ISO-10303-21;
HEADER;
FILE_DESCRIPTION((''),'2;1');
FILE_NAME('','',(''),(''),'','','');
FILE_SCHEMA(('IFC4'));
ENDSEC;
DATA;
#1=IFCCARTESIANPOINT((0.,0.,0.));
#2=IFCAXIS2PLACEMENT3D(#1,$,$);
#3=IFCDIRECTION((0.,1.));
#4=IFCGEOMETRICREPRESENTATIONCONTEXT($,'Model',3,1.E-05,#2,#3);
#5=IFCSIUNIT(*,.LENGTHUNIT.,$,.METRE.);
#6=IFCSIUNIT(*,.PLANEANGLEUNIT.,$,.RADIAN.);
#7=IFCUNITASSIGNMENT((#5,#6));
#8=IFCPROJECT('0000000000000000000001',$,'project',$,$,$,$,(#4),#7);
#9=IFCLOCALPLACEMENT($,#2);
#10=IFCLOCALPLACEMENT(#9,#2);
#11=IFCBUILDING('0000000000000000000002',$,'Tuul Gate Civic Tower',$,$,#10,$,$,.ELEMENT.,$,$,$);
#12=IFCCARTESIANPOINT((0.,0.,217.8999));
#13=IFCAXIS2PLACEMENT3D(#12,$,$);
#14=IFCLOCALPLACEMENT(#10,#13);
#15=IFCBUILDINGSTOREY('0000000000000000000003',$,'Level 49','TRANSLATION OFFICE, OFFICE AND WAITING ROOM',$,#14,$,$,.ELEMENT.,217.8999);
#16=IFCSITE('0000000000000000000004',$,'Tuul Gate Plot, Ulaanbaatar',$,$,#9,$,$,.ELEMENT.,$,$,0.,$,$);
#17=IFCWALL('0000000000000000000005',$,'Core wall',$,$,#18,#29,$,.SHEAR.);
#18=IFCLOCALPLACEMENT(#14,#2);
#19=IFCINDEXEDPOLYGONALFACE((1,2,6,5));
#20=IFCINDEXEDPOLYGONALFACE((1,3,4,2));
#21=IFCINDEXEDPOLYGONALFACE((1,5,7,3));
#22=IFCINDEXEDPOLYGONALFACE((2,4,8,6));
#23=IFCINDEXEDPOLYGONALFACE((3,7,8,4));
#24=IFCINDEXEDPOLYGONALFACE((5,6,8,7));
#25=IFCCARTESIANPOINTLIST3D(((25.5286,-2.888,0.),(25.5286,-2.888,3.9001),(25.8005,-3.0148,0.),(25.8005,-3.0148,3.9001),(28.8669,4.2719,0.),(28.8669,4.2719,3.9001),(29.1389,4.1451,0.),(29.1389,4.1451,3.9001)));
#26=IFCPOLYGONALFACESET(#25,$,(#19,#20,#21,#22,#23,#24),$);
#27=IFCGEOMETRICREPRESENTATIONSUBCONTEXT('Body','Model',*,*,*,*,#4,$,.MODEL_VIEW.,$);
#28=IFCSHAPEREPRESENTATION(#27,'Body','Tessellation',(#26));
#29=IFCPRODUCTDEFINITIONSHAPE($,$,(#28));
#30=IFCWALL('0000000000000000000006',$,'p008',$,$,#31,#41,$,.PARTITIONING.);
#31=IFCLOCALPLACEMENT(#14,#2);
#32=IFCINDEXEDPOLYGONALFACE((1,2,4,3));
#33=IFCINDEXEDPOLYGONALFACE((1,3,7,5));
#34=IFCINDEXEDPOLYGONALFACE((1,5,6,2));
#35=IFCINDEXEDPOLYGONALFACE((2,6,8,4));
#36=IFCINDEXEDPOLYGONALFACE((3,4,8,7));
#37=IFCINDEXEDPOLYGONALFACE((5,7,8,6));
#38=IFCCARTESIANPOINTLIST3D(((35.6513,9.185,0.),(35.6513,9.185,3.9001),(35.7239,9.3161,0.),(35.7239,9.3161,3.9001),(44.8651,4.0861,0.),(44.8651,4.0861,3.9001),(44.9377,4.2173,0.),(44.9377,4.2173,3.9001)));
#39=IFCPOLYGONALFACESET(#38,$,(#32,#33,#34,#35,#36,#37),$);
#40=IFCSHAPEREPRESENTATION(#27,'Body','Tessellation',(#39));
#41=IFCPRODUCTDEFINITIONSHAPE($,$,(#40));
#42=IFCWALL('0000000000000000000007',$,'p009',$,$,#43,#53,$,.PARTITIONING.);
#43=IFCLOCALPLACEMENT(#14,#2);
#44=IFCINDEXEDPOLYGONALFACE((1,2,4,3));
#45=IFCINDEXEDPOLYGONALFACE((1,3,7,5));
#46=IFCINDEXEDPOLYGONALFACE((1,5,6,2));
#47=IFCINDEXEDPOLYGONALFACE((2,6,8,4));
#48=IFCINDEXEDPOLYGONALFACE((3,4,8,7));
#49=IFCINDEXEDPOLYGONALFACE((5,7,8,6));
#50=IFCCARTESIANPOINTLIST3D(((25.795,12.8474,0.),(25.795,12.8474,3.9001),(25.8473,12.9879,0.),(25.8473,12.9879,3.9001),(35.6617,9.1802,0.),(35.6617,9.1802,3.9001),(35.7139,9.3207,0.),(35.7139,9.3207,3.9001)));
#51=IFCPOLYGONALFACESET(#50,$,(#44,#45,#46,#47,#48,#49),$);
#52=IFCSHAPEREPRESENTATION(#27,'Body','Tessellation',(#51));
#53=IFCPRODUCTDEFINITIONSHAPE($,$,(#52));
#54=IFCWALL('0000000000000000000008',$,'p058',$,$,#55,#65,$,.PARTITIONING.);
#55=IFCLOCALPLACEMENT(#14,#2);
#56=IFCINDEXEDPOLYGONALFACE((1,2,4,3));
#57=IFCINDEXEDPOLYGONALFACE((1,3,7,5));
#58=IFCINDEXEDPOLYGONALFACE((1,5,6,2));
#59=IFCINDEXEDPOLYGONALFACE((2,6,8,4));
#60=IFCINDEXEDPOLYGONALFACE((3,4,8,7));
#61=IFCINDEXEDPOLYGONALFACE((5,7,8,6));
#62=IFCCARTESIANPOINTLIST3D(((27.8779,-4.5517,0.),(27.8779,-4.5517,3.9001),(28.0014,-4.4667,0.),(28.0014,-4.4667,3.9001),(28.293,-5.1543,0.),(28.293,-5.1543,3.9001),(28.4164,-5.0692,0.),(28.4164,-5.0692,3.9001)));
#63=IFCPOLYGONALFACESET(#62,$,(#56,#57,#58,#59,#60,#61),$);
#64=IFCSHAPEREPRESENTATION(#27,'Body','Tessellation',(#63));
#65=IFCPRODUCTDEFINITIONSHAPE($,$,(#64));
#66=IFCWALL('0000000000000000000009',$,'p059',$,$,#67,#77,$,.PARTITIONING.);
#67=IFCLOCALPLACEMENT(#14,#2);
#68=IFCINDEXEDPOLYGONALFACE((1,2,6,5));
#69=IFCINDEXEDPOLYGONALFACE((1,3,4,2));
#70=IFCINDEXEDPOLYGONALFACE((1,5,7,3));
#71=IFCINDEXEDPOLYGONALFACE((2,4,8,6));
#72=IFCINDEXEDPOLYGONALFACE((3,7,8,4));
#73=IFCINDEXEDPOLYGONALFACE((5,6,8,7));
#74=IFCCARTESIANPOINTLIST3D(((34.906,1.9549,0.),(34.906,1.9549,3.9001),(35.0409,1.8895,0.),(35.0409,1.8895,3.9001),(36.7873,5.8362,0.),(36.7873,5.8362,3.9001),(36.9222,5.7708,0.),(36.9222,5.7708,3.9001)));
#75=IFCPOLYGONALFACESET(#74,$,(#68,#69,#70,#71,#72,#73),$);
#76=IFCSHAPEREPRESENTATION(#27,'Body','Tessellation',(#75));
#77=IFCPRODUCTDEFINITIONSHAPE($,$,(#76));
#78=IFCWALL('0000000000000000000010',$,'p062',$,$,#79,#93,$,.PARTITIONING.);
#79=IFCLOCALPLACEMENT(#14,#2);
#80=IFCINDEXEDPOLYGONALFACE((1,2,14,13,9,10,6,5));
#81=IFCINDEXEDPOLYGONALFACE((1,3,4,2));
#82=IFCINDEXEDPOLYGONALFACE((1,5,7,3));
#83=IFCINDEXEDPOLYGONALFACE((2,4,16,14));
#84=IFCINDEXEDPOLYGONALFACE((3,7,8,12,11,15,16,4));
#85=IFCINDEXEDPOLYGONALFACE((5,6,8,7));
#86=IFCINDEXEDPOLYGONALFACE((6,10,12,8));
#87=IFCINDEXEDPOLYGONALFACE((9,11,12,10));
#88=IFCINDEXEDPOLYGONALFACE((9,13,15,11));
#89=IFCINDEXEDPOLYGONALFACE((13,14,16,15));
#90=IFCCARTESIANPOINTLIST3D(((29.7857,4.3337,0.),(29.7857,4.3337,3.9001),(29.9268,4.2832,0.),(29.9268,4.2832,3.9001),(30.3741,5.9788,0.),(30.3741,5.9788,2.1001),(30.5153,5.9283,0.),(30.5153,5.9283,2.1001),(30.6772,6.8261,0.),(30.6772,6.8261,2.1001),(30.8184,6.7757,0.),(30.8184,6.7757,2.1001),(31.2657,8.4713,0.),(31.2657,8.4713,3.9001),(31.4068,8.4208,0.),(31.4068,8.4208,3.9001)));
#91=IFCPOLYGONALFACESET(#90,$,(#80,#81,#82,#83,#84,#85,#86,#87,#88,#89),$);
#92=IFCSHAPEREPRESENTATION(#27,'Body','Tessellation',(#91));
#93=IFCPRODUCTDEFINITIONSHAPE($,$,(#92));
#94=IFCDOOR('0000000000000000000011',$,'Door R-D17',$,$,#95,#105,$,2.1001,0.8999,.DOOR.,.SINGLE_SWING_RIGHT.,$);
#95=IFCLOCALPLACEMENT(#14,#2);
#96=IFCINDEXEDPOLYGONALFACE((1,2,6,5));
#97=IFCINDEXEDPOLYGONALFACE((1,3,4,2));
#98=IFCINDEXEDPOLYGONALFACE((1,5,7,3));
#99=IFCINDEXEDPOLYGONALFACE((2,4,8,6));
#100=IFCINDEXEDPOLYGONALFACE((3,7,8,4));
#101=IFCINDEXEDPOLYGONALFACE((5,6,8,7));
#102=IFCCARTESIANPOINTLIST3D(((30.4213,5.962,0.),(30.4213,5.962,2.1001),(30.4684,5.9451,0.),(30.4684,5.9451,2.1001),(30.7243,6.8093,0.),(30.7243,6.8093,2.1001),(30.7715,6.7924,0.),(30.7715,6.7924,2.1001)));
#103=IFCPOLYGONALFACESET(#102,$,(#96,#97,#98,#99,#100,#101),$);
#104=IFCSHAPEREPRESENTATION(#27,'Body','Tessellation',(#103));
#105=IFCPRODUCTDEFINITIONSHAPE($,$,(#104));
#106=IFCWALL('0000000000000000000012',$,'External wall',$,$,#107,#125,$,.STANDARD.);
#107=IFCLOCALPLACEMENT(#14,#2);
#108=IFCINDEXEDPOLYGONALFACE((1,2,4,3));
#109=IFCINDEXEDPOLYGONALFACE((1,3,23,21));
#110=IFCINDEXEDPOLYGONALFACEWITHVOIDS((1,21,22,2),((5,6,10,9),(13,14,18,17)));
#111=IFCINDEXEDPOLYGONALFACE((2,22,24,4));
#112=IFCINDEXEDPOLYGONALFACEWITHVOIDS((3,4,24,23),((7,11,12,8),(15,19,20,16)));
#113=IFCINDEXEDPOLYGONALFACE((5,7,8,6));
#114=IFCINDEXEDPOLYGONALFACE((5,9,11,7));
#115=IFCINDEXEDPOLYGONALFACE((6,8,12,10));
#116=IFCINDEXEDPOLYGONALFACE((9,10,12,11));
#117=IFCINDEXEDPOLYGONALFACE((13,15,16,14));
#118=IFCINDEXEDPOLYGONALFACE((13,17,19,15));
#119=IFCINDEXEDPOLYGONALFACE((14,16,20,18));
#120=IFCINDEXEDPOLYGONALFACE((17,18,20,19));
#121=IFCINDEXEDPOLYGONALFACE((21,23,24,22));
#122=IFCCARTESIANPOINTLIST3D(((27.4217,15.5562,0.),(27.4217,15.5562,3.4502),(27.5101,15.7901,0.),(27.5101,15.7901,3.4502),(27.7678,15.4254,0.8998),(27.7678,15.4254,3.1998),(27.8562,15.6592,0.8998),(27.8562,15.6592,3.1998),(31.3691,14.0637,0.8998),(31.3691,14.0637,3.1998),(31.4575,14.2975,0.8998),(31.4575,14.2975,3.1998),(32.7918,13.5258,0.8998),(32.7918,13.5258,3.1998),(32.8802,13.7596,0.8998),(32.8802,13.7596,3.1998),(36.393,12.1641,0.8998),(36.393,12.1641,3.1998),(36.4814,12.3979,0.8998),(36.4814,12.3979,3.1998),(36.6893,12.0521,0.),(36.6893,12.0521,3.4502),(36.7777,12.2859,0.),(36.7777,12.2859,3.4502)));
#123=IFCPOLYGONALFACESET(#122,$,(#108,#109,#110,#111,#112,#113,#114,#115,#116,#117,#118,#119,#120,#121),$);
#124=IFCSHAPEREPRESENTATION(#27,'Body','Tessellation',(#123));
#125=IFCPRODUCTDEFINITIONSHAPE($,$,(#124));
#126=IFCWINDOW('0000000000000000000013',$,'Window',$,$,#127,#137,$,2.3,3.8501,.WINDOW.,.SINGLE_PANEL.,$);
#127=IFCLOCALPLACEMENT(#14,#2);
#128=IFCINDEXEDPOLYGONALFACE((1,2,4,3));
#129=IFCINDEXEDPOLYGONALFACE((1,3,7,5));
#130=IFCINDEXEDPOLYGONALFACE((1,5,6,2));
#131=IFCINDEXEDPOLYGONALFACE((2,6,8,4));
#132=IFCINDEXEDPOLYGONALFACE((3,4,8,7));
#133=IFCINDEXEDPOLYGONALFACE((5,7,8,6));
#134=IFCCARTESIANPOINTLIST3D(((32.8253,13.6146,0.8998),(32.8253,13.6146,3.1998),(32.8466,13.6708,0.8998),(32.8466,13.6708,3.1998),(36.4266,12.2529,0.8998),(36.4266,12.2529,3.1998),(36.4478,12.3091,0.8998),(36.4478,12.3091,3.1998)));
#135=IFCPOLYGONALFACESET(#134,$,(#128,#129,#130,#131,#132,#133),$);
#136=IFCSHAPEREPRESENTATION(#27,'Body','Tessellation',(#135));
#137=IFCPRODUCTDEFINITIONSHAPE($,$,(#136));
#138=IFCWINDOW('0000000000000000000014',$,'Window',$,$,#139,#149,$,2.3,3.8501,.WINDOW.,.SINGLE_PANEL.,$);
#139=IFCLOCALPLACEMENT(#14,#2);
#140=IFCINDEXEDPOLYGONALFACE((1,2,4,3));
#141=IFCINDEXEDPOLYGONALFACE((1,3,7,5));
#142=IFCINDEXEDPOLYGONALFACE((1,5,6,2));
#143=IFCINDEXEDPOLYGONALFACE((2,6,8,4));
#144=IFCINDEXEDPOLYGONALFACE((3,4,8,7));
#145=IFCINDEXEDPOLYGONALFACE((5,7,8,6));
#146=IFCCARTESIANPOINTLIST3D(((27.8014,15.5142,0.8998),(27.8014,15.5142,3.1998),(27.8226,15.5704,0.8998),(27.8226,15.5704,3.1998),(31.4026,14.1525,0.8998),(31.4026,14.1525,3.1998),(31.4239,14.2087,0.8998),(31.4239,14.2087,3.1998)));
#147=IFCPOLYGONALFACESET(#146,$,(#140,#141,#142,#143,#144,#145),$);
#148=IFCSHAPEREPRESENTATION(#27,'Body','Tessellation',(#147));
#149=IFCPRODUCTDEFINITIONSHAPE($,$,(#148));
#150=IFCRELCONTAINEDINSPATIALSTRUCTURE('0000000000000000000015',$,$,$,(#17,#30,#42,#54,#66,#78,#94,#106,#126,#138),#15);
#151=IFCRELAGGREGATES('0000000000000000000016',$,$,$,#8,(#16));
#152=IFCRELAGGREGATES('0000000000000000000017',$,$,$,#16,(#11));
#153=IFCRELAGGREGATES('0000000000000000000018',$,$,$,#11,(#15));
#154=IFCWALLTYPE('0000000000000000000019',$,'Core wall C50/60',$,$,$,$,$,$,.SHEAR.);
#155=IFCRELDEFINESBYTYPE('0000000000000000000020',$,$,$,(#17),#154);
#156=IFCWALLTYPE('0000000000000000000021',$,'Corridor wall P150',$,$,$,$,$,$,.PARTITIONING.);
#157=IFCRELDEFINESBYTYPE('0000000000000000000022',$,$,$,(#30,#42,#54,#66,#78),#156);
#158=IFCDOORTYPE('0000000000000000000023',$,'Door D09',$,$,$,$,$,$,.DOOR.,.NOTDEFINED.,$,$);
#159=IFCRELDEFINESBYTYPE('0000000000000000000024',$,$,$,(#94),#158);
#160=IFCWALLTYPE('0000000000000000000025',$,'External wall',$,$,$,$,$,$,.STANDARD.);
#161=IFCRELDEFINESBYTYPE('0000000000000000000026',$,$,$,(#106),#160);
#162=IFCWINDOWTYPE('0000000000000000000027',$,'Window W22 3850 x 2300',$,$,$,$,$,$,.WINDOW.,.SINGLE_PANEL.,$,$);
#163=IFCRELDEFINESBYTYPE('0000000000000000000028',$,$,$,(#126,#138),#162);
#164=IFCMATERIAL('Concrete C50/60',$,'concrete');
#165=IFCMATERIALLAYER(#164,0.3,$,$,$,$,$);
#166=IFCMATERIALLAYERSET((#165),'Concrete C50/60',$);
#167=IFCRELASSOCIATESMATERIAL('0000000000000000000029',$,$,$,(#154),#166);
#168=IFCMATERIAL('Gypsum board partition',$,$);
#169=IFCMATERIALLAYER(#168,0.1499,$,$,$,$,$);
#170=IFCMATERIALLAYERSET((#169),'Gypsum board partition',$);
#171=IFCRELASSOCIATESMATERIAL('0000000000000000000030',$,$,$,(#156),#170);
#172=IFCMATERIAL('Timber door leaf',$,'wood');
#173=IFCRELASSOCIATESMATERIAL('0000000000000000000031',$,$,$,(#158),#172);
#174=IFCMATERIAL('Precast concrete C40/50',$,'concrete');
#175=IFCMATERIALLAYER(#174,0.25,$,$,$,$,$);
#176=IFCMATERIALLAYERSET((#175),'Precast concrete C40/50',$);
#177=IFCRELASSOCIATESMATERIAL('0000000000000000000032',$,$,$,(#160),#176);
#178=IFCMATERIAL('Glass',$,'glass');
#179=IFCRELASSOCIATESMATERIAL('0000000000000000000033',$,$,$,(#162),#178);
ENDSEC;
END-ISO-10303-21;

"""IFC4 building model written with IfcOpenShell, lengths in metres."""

from ifc_helpers import new_model, si_unit, direction, frame, frame_2d, origin, place, context, subcontext, project, spatial, rectangle, extrude, material, layer, layer_set, type_object, element, fill, save


model = new_model("IFC4")

# Units and contexts
model_context = context("Model", 3, precision=1e-05, world=origin(), true_north=direction((0.0, 1.0)))
body_context = subcontext(model_context, "Body", "Model", "MODEL_VIEW")
ifc_project = project(units=[si_unit("LENGTHUNIT", "METRE"), si_unit("PLANEANGLEUNIT", "RADIAN")], contexts=[model_context])

# Site, building, storey
site_placement = place(None, origin())
site = spatial("IfcSite", under=ifc_project, at=site_placement, Name="Tuul Gate Plot, Ulaanbaatar", CompositionType="ELEMENT", RefElevation=0.0)
building_placement = place(site_placement, origin())
building = spatial("IfcBuilding", under=site, at=building_placement, Name="Tuul Gate Civic Tower", CompositionType="ELEMENT")
storey_placement = place(building_placement, frame((0.0, 0.0, 217.8999)))
storey = spatial("IfcBuildingStorey", under=building, at=storey_placement, Name="Level 49", Description="TRANSLATION OFFICE, OFFICE AND WAITING ROOM", CompositionType="ELEMENT", Elevation=217.8999)

# Shared definitions
ifc_material_1 = material(Name="Concrete C50/60", Category="concrete")
ifc_layer_1 = layer(ifc_material_1, 0.3)
ifc_layer_set_1 = layer_set([ifc_layer_1], Name="Concrete C50/60")
wall_type_1 = type_object("IfcWallType", Name="Core wall C50/60", PredefinedType="SHEAR", material=ifc_layer_set_1)

# Walls
wall_1_placement = place(storey_placement, frame((25.6646, -2.9514, 0.0), z_axis=(0.0, 0.0, 1.0), x_axis=(0.422583, 0.906324, 0.0)))
element("IfcWall", 1, at=wall_1_placement, inside=storey, type_object=wall_type_1, Name="Core wall", PredefinedType="SHEAR", context=body_context, shape_type="SweptSolid", body=[
    extrude(rectangle(XDim=7.8999, YDim=0.3, at=frame_2d((3.95, 0.0))), origin(), (0.0, 0.0, 1.0), 3.9001),
])
ifc_material_2 = material(Name="Gypsum board partition")
ifc_layer_2 = layer(ifc_material_2, 0.1499)
ifc_layer_set_2 = layer_set([ifc_layer_2], Name="Gypsum board partition")
wall_type_2 = type_object("IfcWallType", Name="Corridor wall P150", PredefinedType="PARTITIONING", material=ifc_layer_set_2)
wall_2_placement = place(storey_placement, frame((35.6877, 9.2505, 0.0), z_axis=(0.0, 0.0, 1.0), x_axis=(0.87496, -0.484195, 0.0)))
element("IfcWall", 2, at=wall_2_placement, inside=storey, type_object=wall_type_2, Name="p008", PredefinedType="PARTITIONING", context=body_context, shape_type="SweptSolid", body=[
    extrude(rectangle(XDim=10.5305, YDim=0.1499, at=frame_2d((5.2651, 0.0))), origin(), (0.0, 0.0, 1.0), 3.9001),
])
wall_3_placement = place(storey_placement, frame((25.821, 12.9177, 0.0), z_axis=(0.0, 0.0, 1.0), x_axis=(0.937349, -0.348392, 0.0)))
element("IfcWall", 3, at=wall_3_placement, inside=storey, type_object=wall_type_2, Name="p009", PredefinedType="PARTITIONING", context=body_context, shape_type="SweptSolid", body=[
    extrude(rectangle(XDim=10.5261, YDim=0.1499, at=frame_2d((5.2632, 0.0))), origin(), (0.0, 0.0, 1.0), 3.9001),
])
wall_4_placement = place(storey_placement, frame((27.9397, -4.5093, 0.0), z_axis=(0.0, 0.0, 1.0), x_axis=(0.567265, -0.823535, 0.0)))
element("IfcWall", 4, at=wall_4_placement, inside=storey, type_object=wall_type_2, Name="p058", PredefinedType="PARTITIONING", context=body_context, shape_type="SweptSolid", body=[
    extrude(rectangle(XDim=0.7317, YDim=0.1499, at=frame_2d((0.3657, 0.0))), origin(), (0.0, 0.0, 1.0), 3.9001),
])
wall_5_placement = place(storey_placement, frame((34.9734, 1.9221, 0.0), z_axis=(0.0, 0.0, 1.0), x_axis=(0.436176, 0.899861, 0.0)))
element("IfcWall", 5, at=wall_5_placement, inside=storey, type_object=wall_type_2, Name="p059", PredefinedType="PARTITIONING", context=body_context, shape_type="SweptSolid", body=[
    extrude(rectangle(XDim=4.3132, YDim=0.1499, at=frame_2d((2.1567, 0.0))), origin(), (0.0, 0.0, 1.0), 3.9001),
])

# Wall, opening, door
wall_6_placement = place(storey_placement, frame((29.8562, 4.3083, 0.0), z_axis=(0.0, 0.0, 1.0), x_axis=(0.336804, 0.941575, 0.0)))
wall_6 = element("IfcWall", 6, at=wall_6_placement, inside=storey, type_object=wall_type_2, Name="p062", PredefinedType="PARTITIONING", context=body_context, shape_type="SweptSolid", body=[
    extrude(rectangle(XDim=4.3943, YDim=0.1499, at=frame_2d((2.1973, 0.0))), origin(), (0.0, 0.0, 1.0), 3.9001),
])
opening_1_placement = place(wall_6_placement, frame((1.7473, 0.0, 0.0)))
opening_1 = element("IfcOpeningElement", 7, at=opening_1_placement, cuts=wall_6, PredefinedType="OPENING", context=body_context, shape_type="SweptSolid", body=[
    extrude(rectangle(XDim=0.8999, YDim=2.1001, at=frame_2d((0.45, 1.05))), frame((0.0, 0.085, 0.0), z_axis=(0.0, -1.0, 0.0), x_axis=(1.0, 0.0, 0.0)), (0.0, 0.0, 1.0), 0.1699),
])
ifc_material_3 = material(Name="Timber door leaf", Category="wood")
door_type_1 = type_object("IfcDoorType", Name="Door D09", OperationType="NOTDEFINED", PredefinedType="DOOR", material=ifc_material_3)
door_1_placement = place(opening_1_placement, origin())
door_1 = element("IfcDoor", 8, at=door_1_placement, inside=storey, type_object=door_type_1, Name="Door R-D17", OperationType="SINGLE_SWING_RIGHT", OverallHeight=2.1001, OverallWidth=0.8999, PredefinedType="DOOR", context=body_context, shape_type="SweptSolid", body=[
    extrude(rectangle(XDim=0.8999, YDim=2.1001, at=frame_2d((0.45, 1.05))), frame((0.0, 0.0249, 0.0), z_axis=(0.0, -1.0, 0.0), x_axis=(1.0, 0.0, 0.0)), (0.0, 0.0, 1.0), 0.05),
])
fill(opening_1, door_1)

# Wall, openings, windows
ifc_material_4 = material(Name="Precast concrete C40/50", Category="concrete")
ifc_layer_3 = layer(ifc_material_4, 0.25)
ifc_layer_set_3 = layer_set([ifc_layer_3], Name="Precast concrete C40/50")
wall_type_3 = type_object("IfcWallType", Name="External wall", PredefinedType="STANDARD", material=ifc_layer_set_3)
wall_7_placement = place(storey_placement, frame((36.7336, 12.1689, 0.0), z_axis=(0.0, 0.0, 1.0), x_axis=(-0.93537, 0.353671, 0.0)))
wall_7 = element("IfcWall", 9, at=wall_7_placement, inside=storey, type_object=wall_type_3, Name="External wall", PredefinedType="STANDARD", context=body_context, shape_type="SweptSolid", body=[
    extrude(rectangle(XDim=9.908, YDim=0.25, at=frame_2d((4.9541, 0.0))), origin(), (0.0, 0.0, 1.0), 3.4502),
])
opening_2_placement = place(wall_7_placement, frame((0.3169, 0.0, 0.8999)))
opening_2 = element("IfcOpeningElement", 10, at=opening_2_placement, cuts=wall_7, PredefinedType="OPENING", context=body_context, shape_type="SweptSolid", body=[
    extrude(rectangle(XDim=3.8501, YDim=2.3, at=frame_2d((1.925, 1.1499))), frame((0.0, 0.135, 0.0), z_axis=(0.0, -1.0, 0.0), x_axis=(1.0, 0.0, 0.0)), (0.0, 0.0, 1.0), 0.27),
])
opening_3_placement = place(wall_7_placement, frame((5.688, 0.0, 0.8999)))
opening_3 = element("IfcOpeningElement", 11, at=opening_3_placement, cuts=wall_7, PredefinedType="OPENING", context=body_context, shape_type="SweptSolid", body=[
    extrude(rectangle(XDim=3.8501, YDim=2.3, at=frame_2d((1.925, 1.1499))), frame((0.0, 0.135, 0.0), z_axis=(0.0, -1.0, 0.0), x_axis=(1.0, 0.0, 0.0)), (0.0, 0.0, 1.0), 0.27),
])
ifc_material_5 = material(Name="Glass", Category="glass")
window_type = type_object("IfcWindowType", Name="Window W22 3850 x 2300", PartitioningType="SINGLE_PANEL", PredefinedType="WINDOW", material=ifc_material_5)
window_1_placement = place(opening_2_placement, origin())
window_1 = element("IfcWindow", 12, at=window_1_placement, inside=storey, type_object=window_type, Name="Window", OverallHeight=2.3, OverallWidth=3.8501, PartitioningType="SINGLE_PANEL", PredefinedType="WINDOW", context=body_context, shape_type="SweptSolid", body=[
    extrude(rectangle(XDim=3.8501, YDim=2.3, at=frame_2d((1.925, 1.1499))), frame((0.0, 0.03, 0.0), z_axis=(0.0, -1.0, 0.0), x_axis=(1.0, 0.0, 0.0)), (0.0, 0.0, 1.0), 0.0601),
])
fill(opening_2, window_1)
window_2_placement = place(opening_3_placement, origin())
window_2 = element("IfcWindow", 13, at=window_2_placement, inside=storey, type_object=window_type, Name="Window", OverallHeight=2.3, OverallWidth=3.8501, PartitioningType="SINGLE_PANEL", PredefinedType="WINDOW", context=body_context, shape_type="SweptSolid", body=[
    extrude(rectangle(XDim=3.8501, YDim=2.3, at=frame_2d((1.925, 1.1499))), frame((0.0, 0.03, 0.0), z_axis=(0.0, -1.0, 0.0), x_axis=(1.0, 0.0, 0.0)), (0.0, 0.0, 1.0), 0.0601),
])
fill(opening_3, window_2)

save(model, "model.ifc")
